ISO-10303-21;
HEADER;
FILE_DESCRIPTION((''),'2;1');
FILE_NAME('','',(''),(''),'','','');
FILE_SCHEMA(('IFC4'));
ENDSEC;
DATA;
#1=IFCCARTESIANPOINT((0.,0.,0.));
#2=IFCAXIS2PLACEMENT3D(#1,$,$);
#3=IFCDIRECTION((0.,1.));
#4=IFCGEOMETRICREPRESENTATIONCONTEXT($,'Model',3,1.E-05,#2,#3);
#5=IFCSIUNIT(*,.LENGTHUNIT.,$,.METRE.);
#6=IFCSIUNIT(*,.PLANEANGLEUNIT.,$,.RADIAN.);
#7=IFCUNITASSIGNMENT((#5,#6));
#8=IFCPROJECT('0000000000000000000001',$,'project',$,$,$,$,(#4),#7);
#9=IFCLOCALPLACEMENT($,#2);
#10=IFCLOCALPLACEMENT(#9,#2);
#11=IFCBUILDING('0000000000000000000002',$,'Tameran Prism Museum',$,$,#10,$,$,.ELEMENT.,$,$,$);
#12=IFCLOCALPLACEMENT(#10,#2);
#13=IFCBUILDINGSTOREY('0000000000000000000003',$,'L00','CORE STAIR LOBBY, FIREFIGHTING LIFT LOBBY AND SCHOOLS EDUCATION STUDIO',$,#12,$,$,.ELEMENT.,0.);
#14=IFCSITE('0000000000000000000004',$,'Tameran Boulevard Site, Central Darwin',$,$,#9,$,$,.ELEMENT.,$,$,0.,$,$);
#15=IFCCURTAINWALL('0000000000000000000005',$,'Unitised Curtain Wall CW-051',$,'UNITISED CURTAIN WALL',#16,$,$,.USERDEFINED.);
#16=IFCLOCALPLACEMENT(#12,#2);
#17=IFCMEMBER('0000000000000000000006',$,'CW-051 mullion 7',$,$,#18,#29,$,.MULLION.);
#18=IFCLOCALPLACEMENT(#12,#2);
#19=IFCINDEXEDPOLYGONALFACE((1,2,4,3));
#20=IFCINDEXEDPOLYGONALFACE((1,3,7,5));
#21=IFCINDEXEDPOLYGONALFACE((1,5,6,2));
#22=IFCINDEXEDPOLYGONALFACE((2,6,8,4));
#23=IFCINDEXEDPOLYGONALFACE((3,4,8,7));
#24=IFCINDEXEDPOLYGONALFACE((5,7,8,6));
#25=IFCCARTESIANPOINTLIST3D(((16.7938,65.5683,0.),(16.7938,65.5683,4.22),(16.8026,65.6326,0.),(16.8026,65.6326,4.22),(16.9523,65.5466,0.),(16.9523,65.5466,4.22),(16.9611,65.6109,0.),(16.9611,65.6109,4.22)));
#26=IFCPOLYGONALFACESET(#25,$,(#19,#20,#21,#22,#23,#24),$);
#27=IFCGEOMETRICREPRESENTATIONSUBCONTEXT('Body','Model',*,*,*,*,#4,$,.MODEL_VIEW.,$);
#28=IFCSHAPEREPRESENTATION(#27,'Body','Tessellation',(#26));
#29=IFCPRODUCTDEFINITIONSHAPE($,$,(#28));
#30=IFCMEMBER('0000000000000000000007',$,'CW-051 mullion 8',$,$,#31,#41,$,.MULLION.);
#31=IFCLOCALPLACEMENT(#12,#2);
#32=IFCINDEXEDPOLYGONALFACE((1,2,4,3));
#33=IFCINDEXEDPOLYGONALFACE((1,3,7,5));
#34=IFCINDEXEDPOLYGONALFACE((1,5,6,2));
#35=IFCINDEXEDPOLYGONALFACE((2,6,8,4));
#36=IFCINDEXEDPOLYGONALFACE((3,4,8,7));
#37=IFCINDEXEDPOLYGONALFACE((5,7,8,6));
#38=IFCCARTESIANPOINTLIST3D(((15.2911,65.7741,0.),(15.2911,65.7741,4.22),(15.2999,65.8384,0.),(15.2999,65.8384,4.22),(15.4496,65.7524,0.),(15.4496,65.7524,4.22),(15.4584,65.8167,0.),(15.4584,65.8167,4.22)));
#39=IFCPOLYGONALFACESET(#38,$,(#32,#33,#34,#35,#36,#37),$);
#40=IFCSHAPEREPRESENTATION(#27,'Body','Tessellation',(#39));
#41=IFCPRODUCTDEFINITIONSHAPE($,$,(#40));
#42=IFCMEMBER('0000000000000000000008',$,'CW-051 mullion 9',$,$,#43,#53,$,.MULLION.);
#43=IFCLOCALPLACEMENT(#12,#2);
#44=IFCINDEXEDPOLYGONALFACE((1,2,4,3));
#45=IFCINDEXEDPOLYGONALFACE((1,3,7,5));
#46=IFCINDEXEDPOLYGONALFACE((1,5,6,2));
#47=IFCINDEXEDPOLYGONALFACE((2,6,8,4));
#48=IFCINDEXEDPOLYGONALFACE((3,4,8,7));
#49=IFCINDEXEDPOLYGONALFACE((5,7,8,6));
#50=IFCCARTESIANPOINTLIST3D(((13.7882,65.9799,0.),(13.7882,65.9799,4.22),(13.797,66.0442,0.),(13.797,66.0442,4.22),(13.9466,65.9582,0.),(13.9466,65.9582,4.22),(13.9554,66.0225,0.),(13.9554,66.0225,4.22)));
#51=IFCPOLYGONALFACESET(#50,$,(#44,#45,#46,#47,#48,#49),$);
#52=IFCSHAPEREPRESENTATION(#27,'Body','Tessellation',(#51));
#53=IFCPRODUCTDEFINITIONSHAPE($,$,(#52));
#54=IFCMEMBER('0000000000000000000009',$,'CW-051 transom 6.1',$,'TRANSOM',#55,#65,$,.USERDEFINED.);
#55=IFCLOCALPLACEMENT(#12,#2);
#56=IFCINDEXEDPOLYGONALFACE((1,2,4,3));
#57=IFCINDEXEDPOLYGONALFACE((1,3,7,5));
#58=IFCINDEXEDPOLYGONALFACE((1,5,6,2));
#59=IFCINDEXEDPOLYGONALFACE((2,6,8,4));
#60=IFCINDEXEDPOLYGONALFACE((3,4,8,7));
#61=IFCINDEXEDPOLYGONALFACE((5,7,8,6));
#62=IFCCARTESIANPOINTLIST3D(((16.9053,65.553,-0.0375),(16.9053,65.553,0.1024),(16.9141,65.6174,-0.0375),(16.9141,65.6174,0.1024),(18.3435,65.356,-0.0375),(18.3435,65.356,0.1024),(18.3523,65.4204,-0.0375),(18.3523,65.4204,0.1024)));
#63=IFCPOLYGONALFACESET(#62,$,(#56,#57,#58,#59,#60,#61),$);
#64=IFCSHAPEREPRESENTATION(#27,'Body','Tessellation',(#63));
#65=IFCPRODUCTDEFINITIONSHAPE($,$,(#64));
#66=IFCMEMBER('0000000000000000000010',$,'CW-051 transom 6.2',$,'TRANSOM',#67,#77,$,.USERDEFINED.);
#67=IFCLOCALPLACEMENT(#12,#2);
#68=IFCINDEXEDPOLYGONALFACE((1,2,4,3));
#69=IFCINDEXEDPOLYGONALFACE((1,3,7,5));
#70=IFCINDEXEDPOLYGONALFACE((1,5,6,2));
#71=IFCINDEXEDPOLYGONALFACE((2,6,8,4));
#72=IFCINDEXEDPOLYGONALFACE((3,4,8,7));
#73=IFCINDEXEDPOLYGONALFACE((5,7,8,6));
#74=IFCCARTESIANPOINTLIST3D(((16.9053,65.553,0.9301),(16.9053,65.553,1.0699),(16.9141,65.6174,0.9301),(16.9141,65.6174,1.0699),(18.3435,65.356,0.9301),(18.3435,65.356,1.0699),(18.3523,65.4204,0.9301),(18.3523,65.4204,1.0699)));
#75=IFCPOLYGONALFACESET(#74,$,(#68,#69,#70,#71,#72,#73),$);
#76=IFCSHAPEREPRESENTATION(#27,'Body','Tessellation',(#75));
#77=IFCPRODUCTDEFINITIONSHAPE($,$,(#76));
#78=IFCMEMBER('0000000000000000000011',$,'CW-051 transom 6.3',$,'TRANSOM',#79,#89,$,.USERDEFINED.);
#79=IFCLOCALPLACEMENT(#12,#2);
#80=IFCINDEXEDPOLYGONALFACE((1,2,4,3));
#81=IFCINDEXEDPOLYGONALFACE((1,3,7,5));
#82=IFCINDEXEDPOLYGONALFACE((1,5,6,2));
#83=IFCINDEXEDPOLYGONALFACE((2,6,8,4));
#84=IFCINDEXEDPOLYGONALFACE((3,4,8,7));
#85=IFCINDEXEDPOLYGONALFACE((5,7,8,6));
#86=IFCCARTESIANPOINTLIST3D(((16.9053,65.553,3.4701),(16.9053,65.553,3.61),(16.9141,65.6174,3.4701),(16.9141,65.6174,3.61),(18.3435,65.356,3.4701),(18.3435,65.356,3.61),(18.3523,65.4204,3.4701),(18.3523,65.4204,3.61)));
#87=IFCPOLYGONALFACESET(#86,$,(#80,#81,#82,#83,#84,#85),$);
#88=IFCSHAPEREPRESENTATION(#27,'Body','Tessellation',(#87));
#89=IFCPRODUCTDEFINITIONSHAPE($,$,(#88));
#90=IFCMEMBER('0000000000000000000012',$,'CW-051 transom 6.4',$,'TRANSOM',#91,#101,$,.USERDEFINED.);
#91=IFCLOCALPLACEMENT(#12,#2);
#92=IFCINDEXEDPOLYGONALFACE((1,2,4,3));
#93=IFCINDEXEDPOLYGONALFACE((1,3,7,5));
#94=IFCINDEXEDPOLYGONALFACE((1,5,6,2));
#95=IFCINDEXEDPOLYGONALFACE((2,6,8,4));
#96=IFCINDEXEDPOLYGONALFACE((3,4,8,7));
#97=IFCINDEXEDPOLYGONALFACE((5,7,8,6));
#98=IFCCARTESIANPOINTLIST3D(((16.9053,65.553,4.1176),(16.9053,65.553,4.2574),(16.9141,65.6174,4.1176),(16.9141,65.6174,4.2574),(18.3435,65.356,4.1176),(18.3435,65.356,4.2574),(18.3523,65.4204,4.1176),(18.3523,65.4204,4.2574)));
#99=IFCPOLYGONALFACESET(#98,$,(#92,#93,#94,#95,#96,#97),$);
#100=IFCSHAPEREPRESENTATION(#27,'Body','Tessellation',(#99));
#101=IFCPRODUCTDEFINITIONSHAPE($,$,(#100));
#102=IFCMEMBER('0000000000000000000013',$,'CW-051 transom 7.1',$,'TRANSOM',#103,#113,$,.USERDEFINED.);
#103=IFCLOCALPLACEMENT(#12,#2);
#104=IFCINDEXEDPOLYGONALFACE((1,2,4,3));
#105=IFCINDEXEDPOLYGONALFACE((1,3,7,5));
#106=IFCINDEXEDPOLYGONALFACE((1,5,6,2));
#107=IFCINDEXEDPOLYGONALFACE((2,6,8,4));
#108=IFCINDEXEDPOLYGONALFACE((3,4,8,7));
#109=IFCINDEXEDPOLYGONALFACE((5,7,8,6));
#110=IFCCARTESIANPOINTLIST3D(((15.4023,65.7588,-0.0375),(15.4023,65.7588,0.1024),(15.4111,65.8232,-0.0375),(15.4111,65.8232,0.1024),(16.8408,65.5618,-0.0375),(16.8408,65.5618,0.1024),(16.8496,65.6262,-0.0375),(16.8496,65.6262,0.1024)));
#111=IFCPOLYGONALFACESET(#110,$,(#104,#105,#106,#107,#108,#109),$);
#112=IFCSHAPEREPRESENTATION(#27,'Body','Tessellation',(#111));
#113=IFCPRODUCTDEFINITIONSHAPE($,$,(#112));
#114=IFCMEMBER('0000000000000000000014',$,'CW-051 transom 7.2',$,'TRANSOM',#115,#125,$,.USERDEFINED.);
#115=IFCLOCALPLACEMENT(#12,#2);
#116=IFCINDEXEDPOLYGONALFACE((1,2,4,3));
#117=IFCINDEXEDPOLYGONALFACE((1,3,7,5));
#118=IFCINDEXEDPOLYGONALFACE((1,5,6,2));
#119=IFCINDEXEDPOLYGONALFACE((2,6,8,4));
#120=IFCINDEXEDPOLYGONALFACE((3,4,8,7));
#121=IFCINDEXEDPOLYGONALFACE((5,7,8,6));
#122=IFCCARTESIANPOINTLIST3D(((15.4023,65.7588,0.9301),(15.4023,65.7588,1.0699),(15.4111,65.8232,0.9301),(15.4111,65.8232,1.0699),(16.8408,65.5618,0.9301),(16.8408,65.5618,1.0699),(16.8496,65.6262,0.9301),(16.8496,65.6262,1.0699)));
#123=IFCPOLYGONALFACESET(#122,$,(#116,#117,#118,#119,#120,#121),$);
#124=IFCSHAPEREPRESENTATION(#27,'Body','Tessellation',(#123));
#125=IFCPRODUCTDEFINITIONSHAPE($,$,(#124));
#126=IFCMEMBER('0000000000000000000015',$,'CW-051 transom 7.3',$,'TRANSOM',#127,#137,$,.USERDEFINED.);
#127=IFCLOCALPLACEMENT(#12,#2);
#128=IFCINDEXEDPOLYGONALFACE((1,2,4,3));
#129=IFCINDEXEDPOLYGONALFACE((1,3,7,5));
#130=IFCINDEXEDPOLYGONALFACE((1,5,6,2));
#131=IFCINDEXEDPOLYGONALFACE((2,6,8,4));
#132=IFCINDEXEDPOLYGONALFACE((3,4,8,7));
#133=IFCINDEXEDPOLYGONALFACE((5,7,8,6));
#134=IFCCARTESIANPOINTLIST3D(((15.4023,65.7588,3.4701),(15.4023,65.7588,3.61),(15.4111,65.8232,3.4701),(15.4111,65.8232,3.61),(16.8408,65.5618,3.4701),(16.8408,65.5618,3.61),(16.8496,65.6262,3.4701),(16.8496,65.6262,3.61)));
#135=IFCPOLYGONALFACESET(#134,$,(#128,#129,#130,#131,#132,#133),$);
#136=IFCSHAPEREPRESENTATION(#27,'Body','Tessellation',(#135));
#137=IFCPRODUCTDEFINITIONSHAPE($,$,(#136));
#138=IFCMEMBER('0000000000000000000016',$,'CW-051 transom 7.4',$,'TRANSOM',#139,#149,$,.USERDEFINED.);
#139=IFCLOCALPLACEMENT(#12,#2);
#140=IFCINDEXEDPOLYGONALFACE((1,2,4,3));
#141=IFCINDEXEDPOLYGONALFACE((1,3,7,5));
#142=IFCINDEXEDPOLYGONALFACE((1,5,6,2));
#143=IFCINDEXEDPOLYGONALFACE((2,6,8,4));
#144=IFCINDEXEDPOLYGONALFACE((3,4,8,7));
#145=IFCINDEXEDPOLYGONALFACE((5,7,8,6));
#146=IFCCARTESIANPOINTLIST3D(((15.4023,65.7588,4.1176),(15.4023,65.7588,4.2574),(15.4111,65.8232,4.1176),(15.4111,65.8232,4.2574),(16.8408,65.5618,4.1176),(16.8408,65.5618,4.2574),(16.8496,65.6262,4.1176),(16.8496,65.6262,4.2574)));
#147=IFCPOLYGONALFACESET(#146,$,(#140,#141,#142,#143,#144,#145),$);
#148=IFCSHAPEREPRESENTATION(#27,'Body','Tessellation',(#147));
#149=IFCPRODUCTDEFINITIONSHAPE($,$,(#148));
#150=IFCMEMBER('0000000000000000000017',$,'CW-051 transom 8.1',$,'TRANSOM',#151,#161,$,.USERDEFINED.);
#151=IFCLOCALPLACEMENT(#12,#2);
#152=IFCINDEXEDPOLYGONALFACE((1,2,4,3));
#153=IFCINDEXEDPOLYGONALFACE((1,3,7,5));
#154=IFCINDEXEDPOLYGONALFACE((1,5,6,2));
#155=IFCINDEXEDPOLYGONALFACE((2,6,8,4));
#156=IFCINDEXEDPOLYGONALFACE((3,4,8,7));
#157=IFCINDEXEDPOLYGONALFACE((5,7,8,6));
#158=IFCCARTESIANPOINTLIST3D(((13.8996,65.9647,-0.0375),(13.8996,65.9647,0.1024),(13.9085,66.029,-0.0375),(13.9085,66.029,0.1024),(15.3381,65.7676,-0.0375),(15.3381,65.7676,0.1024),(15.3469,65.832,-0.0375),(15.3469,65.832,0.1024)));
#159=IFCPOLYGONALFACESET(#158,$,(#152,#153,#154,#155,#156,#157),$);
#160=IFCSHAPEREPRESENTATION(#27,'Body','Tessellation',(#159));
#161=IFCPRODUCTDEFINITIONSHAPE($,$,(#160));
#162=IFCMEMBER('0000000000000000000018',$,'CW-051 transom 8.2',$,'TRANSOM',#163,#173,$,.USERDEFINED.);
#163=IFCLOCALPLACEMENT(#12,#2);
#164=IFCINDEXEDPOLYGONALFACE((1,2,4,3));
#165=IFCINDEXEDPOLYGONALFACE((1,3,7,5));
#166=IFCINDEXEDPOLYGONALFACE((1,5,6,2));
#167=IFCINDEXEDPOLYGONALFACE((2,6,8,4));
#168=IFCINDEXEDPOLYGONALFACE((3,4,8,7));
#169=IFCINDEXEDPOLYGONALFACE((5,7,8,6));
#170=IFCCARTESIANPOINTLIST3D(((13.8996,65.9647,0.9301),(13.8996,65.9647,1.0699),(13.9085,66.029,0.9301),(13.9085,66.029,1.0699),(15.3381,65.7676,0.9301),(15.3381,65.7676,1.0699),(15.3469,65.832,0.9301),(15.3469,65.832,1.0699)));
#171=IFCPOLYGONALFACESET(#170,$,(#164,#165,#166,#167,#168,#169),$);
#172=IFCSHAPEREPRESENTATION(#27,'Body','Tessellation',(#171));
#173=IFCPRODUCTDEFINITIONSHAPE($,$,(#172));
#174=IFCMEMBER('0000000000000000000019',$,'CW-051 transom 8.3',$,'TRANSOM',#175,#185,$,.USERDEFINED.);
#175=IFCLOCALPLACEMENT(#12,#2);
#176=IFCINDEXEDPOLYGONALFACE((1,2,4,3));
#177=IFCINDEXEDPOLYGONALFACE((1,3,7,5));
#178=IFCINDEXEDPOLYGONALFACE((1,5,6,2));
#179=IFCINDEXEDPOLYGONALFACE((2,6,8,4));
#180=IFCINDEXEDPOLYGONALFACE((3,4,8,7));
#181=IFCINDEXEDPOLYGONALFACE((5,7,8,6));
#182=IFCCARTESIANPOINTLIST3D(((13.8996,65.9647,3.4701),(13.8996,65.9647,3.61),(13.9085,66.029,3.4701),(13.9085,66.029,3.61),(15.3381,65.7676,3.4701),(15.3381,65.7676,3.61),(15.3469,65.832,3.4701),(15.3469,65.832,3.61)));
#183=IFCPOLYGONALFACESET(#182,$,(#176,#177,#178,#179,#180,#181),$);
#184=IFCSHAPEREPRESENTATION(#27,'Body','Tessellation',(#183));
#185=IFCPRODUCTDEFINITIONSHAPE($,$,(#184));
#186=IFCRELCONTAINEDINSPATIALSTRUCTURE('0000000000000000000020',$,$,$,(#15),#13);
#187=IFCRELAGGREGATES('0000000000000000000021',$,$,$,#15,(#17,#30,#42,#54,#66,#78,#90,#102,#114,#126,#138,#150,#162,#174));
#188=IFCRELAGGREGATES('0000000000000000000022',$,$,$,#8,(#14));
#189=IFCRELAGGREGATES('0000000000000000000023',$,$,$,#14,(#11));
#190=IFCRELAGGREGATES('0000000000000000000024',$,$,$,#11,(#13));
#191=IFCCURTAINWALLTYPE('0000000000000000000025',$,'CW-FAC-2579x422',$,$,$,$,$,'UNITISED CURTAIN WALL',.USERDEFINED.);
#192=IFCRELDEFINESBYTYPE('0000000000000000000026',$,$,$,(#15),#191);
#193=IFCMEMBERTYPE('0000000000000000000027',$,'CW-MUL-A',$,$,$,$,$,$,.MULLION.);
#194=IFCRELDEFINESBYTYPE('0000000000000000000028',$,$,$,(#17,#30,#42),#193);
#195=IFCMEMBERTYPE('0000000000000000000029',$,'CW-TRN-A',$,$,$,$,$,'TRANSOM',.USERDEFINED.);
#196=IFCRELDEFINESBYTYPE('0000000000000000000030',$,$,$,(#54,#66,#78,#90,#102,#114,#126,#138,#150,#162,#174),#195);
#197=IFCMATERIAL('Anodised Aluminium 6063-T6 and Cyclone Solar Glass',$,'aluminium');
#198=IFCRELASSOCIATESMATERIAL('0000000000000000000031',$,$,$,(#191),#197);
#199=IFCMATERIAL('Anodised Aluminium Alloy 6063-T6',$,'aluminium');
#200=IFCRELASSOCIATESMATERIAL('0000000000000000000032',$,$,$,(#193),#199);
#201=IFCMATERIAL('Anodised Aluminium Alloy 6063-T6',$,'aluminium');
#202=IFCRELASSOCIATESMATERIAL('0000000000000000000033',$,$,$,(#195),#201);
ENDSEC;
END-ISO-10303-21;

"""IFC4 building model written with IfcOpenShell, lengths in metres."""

from ifc_helpers import new_model, si_unit, direction, frame, origin, origin_2d, place, context, subcontext, project, spatial, rectangle, extrude, material, material_profile, profile_set, type_object, element, aggregate, save


model = new_model("IFC4")

# Units and contexts
model_context = context("Model", 3, precision=1e-05, world=origin(), true_north=direction((0.0, 1.0)))
body_context = subcontext(model_context, "Body", "Model", "MODEL_VIEW")
ifc_project = project(units=[si_unit("LENGTHUNIT", "METRE"), si_unit("PLANEANGLEUNIT", "RADIAN")], contexts=[model_context])

# Site, building, storey
site_placement = place(None, origin())
site = spatial("IfcSite", under=ifc_project, at=site_placement, Name="Tameran Boulevard Site, Central Darwin", CompositionType="ELEMENT", RefElevation=0.0)
building_placement = place(site_placement, origin())
building = spatial("IfcBuilding", under=site, at=building_placement, Name="Tameran Prism Museum", CompositionType="ELEMENT")
storey_placement = place(building_placement, origin())
storey = spatial("IfcBuildingStorey", under=building, at=storey_placement, Name="L00", Description="CORE STAIR LOBBY, FIREFIGHTING LIFT LOBBY AND SCHOOLS EDUCATION STUDIO", CompositionType="ELEMENT", Elevation=0.0)

# Curtain wall, members
ifc_material_1 = material(Name="Anodised Aluminium 6063-T6 and Cyclone Solar Glass", Category="aluminium")
curtain_wall_type = type_object("IfcCurtainWallType", Name="CW-FAC-2579x422", ElementType="UNITISED CURTAIN WALL", PredefinedType="USERDEFINED", material=ifc_material_1)
curtain_wall_placement = place(storey_placement, origin())
curtain_wall = element("IfcCurtainWall", 1, at=curtain_wall_placement, inside=storey, type_object=curtain_wall_type, Name="Unitised Curtain Wall CW-051", ObjectType="UNITISED CURTAIN WALL", PredefinedType="USERDEFINED")
ifc_material_2 = material(Name="Anodised Aluminium Alloy 6063-T6", Category="aluminium")
ifc_material_profile_1 = material_profile(ifc_material_2, rectangle(XDim=0.0649, YDim=0.1599, at=origin_2d()))
ifc_profile_set_1 = profile_set([ifc_material_profile_1])
member_type_1 = type_object("IfcMemberType", Name="CW-MUL-A", PredefinedType="MULLION", material=ifc_profile_set_1)
member_1_placement = place(storey_placement, frame((16.8774, 65.5896, 0.0), z_axis=(0.0, 0.0, 1.0), x_axis=(-0.135658, -0.990756, 0.0)))
member_1 = element("IfcMember", 2, at=member_1_placement, type_object=member_type_1, Name="CW-051 mullion 7", PredefinedType="MULLION", context=body_context, shape_type="SweptSolid", body=[
    extrude(rectangle(XDim=0.0649, YDim=0.1599, at=origin_2d()), origin(), (0.0, 0.0, 1.0), 4.22),
])
member_2_placement = place(storey_placement, frame((15.3748, 65.7954, 0.0), z_axis=(0.0, 0.0, 1.0), x_axis=(-0.135658, -0.990756, 0.0)))
member_2 = element("IfcMember", 3, at=member_2_placement, type_object=member_type_1, Name="CW-051 mullion 8", PredefinedType="MULLION", context=body_context, shape_type="SweptSolid", body=[
    extrude(rectangle(XDim=0.0649, YDim=0.1599, at=origin_2d()), origin(), (0.0, 0.0, 1.0), 4.22),
])
member_3_placement = place(storey_placement, frame((13.8718, 66.0012, 0.0), z_axis=(0.0, 0.0, 1.0), x_axis=(-0.135658, -0.990756, 0.0)))
member_3 = element("IfcMember", 4, at=member_3_placement, type_object=member_type_1, Name="CW-051 mullion 9", PredefinedType="MULLION", context=body_context, shape_type="SweptSolid", body=[
    extrude(rectangle(XDim=0.0649, YDim=0.1599, at=origin_2d()), origin(), (0.0, 0.0, 1.0), 4.22),
])
ifc_material_3 = material(Name="Anodised Aluminium Alloy 6063-T6", Category="aluminium")
ifc_material_profile_2 = material_profile(ifc_material_3, rectangle(XDim=0.0649, YDim=0.1399, at=origin_2d()))
ifc_profile_set_2 = profile_set([ifc_material_profile_2])
member_type_2 = type_object("IfcMemberType", Name="CW-TRN-A", ElementType="TRANSOM", PredefinedType="USERDEFINED", material=ifc_profile_set_2)
member_4_placement = place(storey_placement, frame((18.3479, 65.3882, 0.0325), z_axis=(-0.990747, 0.135721, 0.0), x_axis=(-0.135721, -0.990747, 0.0)))
member_4 = element("IfcMember", 5, at=member_4_placement, type_object=member_type_2, Name="CW-051 transom 6.1", ObjectType="TRANSOM", PredefinedType="USERDEFINED", context=body_context, shape_type="SweptSolid", body=[
    extrude(rectangle(XDim=0.0649, YDim=0.1399, at=origin_2d()), origin(), (0.0, 0.0, 1.0), 1.4517),
])
member_5_placement = place(storey_placement, frame((18.3479, 65.3882, 1.0), z_axis=(-0.990747, 0.135721, 0.0), x_axis=(-0.135721, -0.990747, 0.0)))
member_5 = element("IfcMember", 6, at=member_5_placement, type_object=member_type_2, Name="CW-051 transom 6.2", ObjectType="TRANSOM", PredefinedType="USERDEFINED", context=body_context, shape_type="SweptSolid", body=[
    extrude(rectangle(XDim=0.0649, YDim=0.1399, at=origin_2d()), origin(), (0.0, 0.0, 1.0), 1.4517),
])
member_6_placement = place(storey_placement, frame((18.3479, 65.3882, 3.54), z_axis=(-0.990747, 0.135721, 0.0), x_axis=(-0.135721, -0.990747, 0.0)))
member_6 = element("IfcMember", 7, at=member_6_placement, type_object=member_type_2, Name="CW-051 transom 6.3", ObjectType="TRANSOM", PredefinedType="USERDEFINED", context=body_context, shape_type="SweptSolid", body=[
    extrude(rectangle(XDim=0.0649, YDim=0.1399, at=origin_2d()), origin(), (0.0, 0.0, 1.0), 1.4517),
])
member_7_placement = place(storey_placement, frame((18.3479, 65.3882, 4.1875), z_axis=(-0.990747, 0.135721, 0.0), x_axis=(-0.135721, -0.990747, 0.0)))
member_7 = element("IfcMember", 8, at=member_7_placement, type_object=member_type_2, Name="CW-051 transom 6.4", ObjectType="TRANSOM", PredefinedType="USERDEFINED", context=body_context, shape_type="SweptSolid", body=[
    extrude(rectangle(XDim=0.0649, YDim=0.1399, at=origin_2d()), origin(), (0.0, 0.0, 1.0), 1.4517),
])
member_8_placement = place(storey_placement, frame((16.8452, 65.594, 0.0325), z_axis=(-0.99075, 0.135698, 0.0), x_axis=(-0.135698, -0.99075, 0.0)))
member_8 = element("IfcMember", 9, at=member_8_placement, type_object=member_type_2, Name="CW-051 transom 7.1", ObjectType="TRANSOM", PredefinedType="USERDEFINED", context=body_context, shape_type="SweptSolid", body=[
    extrude(rectangle(XDim=0.0649, YDim=0.1399, at=origin_2d()), origin(), (0.0, 0.0, 1.0), 1.4519),
])
member_9_placement = place(storey_placement, frame((16.8452, 65.594, 1.0), z_axis=(-0.99075, 0.135698, 0.0), x_axis=(-0.135698, -0.99075, 0.0)))
member_9 = element("IfcMember", 10, at=member_9_placement, type_object=member_type_2, Name="CW-051 transom 7.2", ObjectType="TRANSOM", PredefinedType="USERDEFINED", context=body_context, shape_type="SweptSolid", body=[
    extrude(rectangle(XDim=0.0649, YDim=0.1399, at=origin_2d()), origin(), (0.0, 0.0, 1.0), 1.4519),
])
member_10_placement = place(storey_placement, frame((16.8452, 65.594, 3.54), z_axis=(-0.99075, 0.135698, 0.0), x_axis=(-0.135698, -0.99075, 0.0)))
member_10 = element("IfcMember", 11, at=member_10_placement, type_object=member_type_2, Name="CW-051 transom 7.3", ObjectType="TRANSOM", PredefinedType="USERDEFINED", context=body_context, shape_type="SweptSolid", body=[
    extrude(rectangle(XDim=0.0649, YDim=0.1399, at=origin_2d()), origin(), (0.0, 0.0, 1.0), 1.4519),
])
member_11_placement = place(storey_placement, frame((16.8452, 65.594, 4.1875), z_axis=(-0.99075, 0.135698, 0.0), x_axis=(-0.135698, -0.99075, 0.0)))
member_11 = element("IfcMember", 12, at=member_11_placement, type_object=member_type_2, Name="CW-051 transom 7.4", ObjectType="TRANSOM", PredefinedType="USERDEFINED", context=body_context, shape_type="SweptSolid", body=[
    extrude(rectangle(XDim=0.0649, YDim=0.1399, at=origin_2d()), origin(), (0.0, 0.0, 1.0), 1.4519),
])
member_12_placement = place(storey_placement, frame((15.3425, 65.7998, 0.0325), z_axis=(-0.99075, 0.135698, 0.0), x_axis=(-0.135698, -0.99075, 0.0)))
member_12 = element("IfcMember", 13, at=member_12_placement, type_object=member_type_2, Name="CW-051 transom 8.1", ObjectType="TRANSOM", PredefinedType="USERDEFINED", context=body_context, shape_type="SweptSolid", body=[
    extrude(rectangle(XDim=0.0649, YDim=0.1399, at=origin_2d()), origin(), (0.0, 0.0, 1.0), 1.4519),
])
member_13_placement = place(storey_placement, frame((15.3425, 65.7998, 1.0), z_axis=(-0.99075, 0.135698, 0.0), x_axis=(-0.135698, -0.99075, 0.0)))
member_13 = element("IfcMember", 14, at=member_13_placement, type_object=member_type_2, Name="CW-051 transom 8.2", ObjectType="TRANSOM", PredefinedType="USERDEFINED", context=body_context, shape_type="SweptSolid", body=[
    extrude(rectangle(XDim=0.0649, YDim=0.1399, at=origin_2d()), origin(), (0.0, 0.0, 1.0), 1.4519),
])
member_14_placement = place(storey_placement, frame((15.3425, 65.7998, 3.54), z_axis=(-0.99075, 0.135698, 0.0), x_axis=(-0.135698, -0.99075, 0.0)))
member_14 = element("IfcMember", 15, at=member_14_placement, type_object=member_type_2, Name="CW-051 transom 8.3", ObjectType="TRANSOM", PredefinedType="USERDEFINED", context=body_context, shape_type="SweptSolid", body=[
    extrude(rectangle(XDim=0.0649, YDim=0.1399, at=origin_2d()), origin(), (0.0, 0.0, 1.0), 1.4519),
])
aggregate(curtain_wall, [member_1, member_2, member_3, member_4, member_5, member_6, member_7, member_8, member_9, member_10, member_11, member_12, member_13, member_14])

save(model, "model.ifc")
